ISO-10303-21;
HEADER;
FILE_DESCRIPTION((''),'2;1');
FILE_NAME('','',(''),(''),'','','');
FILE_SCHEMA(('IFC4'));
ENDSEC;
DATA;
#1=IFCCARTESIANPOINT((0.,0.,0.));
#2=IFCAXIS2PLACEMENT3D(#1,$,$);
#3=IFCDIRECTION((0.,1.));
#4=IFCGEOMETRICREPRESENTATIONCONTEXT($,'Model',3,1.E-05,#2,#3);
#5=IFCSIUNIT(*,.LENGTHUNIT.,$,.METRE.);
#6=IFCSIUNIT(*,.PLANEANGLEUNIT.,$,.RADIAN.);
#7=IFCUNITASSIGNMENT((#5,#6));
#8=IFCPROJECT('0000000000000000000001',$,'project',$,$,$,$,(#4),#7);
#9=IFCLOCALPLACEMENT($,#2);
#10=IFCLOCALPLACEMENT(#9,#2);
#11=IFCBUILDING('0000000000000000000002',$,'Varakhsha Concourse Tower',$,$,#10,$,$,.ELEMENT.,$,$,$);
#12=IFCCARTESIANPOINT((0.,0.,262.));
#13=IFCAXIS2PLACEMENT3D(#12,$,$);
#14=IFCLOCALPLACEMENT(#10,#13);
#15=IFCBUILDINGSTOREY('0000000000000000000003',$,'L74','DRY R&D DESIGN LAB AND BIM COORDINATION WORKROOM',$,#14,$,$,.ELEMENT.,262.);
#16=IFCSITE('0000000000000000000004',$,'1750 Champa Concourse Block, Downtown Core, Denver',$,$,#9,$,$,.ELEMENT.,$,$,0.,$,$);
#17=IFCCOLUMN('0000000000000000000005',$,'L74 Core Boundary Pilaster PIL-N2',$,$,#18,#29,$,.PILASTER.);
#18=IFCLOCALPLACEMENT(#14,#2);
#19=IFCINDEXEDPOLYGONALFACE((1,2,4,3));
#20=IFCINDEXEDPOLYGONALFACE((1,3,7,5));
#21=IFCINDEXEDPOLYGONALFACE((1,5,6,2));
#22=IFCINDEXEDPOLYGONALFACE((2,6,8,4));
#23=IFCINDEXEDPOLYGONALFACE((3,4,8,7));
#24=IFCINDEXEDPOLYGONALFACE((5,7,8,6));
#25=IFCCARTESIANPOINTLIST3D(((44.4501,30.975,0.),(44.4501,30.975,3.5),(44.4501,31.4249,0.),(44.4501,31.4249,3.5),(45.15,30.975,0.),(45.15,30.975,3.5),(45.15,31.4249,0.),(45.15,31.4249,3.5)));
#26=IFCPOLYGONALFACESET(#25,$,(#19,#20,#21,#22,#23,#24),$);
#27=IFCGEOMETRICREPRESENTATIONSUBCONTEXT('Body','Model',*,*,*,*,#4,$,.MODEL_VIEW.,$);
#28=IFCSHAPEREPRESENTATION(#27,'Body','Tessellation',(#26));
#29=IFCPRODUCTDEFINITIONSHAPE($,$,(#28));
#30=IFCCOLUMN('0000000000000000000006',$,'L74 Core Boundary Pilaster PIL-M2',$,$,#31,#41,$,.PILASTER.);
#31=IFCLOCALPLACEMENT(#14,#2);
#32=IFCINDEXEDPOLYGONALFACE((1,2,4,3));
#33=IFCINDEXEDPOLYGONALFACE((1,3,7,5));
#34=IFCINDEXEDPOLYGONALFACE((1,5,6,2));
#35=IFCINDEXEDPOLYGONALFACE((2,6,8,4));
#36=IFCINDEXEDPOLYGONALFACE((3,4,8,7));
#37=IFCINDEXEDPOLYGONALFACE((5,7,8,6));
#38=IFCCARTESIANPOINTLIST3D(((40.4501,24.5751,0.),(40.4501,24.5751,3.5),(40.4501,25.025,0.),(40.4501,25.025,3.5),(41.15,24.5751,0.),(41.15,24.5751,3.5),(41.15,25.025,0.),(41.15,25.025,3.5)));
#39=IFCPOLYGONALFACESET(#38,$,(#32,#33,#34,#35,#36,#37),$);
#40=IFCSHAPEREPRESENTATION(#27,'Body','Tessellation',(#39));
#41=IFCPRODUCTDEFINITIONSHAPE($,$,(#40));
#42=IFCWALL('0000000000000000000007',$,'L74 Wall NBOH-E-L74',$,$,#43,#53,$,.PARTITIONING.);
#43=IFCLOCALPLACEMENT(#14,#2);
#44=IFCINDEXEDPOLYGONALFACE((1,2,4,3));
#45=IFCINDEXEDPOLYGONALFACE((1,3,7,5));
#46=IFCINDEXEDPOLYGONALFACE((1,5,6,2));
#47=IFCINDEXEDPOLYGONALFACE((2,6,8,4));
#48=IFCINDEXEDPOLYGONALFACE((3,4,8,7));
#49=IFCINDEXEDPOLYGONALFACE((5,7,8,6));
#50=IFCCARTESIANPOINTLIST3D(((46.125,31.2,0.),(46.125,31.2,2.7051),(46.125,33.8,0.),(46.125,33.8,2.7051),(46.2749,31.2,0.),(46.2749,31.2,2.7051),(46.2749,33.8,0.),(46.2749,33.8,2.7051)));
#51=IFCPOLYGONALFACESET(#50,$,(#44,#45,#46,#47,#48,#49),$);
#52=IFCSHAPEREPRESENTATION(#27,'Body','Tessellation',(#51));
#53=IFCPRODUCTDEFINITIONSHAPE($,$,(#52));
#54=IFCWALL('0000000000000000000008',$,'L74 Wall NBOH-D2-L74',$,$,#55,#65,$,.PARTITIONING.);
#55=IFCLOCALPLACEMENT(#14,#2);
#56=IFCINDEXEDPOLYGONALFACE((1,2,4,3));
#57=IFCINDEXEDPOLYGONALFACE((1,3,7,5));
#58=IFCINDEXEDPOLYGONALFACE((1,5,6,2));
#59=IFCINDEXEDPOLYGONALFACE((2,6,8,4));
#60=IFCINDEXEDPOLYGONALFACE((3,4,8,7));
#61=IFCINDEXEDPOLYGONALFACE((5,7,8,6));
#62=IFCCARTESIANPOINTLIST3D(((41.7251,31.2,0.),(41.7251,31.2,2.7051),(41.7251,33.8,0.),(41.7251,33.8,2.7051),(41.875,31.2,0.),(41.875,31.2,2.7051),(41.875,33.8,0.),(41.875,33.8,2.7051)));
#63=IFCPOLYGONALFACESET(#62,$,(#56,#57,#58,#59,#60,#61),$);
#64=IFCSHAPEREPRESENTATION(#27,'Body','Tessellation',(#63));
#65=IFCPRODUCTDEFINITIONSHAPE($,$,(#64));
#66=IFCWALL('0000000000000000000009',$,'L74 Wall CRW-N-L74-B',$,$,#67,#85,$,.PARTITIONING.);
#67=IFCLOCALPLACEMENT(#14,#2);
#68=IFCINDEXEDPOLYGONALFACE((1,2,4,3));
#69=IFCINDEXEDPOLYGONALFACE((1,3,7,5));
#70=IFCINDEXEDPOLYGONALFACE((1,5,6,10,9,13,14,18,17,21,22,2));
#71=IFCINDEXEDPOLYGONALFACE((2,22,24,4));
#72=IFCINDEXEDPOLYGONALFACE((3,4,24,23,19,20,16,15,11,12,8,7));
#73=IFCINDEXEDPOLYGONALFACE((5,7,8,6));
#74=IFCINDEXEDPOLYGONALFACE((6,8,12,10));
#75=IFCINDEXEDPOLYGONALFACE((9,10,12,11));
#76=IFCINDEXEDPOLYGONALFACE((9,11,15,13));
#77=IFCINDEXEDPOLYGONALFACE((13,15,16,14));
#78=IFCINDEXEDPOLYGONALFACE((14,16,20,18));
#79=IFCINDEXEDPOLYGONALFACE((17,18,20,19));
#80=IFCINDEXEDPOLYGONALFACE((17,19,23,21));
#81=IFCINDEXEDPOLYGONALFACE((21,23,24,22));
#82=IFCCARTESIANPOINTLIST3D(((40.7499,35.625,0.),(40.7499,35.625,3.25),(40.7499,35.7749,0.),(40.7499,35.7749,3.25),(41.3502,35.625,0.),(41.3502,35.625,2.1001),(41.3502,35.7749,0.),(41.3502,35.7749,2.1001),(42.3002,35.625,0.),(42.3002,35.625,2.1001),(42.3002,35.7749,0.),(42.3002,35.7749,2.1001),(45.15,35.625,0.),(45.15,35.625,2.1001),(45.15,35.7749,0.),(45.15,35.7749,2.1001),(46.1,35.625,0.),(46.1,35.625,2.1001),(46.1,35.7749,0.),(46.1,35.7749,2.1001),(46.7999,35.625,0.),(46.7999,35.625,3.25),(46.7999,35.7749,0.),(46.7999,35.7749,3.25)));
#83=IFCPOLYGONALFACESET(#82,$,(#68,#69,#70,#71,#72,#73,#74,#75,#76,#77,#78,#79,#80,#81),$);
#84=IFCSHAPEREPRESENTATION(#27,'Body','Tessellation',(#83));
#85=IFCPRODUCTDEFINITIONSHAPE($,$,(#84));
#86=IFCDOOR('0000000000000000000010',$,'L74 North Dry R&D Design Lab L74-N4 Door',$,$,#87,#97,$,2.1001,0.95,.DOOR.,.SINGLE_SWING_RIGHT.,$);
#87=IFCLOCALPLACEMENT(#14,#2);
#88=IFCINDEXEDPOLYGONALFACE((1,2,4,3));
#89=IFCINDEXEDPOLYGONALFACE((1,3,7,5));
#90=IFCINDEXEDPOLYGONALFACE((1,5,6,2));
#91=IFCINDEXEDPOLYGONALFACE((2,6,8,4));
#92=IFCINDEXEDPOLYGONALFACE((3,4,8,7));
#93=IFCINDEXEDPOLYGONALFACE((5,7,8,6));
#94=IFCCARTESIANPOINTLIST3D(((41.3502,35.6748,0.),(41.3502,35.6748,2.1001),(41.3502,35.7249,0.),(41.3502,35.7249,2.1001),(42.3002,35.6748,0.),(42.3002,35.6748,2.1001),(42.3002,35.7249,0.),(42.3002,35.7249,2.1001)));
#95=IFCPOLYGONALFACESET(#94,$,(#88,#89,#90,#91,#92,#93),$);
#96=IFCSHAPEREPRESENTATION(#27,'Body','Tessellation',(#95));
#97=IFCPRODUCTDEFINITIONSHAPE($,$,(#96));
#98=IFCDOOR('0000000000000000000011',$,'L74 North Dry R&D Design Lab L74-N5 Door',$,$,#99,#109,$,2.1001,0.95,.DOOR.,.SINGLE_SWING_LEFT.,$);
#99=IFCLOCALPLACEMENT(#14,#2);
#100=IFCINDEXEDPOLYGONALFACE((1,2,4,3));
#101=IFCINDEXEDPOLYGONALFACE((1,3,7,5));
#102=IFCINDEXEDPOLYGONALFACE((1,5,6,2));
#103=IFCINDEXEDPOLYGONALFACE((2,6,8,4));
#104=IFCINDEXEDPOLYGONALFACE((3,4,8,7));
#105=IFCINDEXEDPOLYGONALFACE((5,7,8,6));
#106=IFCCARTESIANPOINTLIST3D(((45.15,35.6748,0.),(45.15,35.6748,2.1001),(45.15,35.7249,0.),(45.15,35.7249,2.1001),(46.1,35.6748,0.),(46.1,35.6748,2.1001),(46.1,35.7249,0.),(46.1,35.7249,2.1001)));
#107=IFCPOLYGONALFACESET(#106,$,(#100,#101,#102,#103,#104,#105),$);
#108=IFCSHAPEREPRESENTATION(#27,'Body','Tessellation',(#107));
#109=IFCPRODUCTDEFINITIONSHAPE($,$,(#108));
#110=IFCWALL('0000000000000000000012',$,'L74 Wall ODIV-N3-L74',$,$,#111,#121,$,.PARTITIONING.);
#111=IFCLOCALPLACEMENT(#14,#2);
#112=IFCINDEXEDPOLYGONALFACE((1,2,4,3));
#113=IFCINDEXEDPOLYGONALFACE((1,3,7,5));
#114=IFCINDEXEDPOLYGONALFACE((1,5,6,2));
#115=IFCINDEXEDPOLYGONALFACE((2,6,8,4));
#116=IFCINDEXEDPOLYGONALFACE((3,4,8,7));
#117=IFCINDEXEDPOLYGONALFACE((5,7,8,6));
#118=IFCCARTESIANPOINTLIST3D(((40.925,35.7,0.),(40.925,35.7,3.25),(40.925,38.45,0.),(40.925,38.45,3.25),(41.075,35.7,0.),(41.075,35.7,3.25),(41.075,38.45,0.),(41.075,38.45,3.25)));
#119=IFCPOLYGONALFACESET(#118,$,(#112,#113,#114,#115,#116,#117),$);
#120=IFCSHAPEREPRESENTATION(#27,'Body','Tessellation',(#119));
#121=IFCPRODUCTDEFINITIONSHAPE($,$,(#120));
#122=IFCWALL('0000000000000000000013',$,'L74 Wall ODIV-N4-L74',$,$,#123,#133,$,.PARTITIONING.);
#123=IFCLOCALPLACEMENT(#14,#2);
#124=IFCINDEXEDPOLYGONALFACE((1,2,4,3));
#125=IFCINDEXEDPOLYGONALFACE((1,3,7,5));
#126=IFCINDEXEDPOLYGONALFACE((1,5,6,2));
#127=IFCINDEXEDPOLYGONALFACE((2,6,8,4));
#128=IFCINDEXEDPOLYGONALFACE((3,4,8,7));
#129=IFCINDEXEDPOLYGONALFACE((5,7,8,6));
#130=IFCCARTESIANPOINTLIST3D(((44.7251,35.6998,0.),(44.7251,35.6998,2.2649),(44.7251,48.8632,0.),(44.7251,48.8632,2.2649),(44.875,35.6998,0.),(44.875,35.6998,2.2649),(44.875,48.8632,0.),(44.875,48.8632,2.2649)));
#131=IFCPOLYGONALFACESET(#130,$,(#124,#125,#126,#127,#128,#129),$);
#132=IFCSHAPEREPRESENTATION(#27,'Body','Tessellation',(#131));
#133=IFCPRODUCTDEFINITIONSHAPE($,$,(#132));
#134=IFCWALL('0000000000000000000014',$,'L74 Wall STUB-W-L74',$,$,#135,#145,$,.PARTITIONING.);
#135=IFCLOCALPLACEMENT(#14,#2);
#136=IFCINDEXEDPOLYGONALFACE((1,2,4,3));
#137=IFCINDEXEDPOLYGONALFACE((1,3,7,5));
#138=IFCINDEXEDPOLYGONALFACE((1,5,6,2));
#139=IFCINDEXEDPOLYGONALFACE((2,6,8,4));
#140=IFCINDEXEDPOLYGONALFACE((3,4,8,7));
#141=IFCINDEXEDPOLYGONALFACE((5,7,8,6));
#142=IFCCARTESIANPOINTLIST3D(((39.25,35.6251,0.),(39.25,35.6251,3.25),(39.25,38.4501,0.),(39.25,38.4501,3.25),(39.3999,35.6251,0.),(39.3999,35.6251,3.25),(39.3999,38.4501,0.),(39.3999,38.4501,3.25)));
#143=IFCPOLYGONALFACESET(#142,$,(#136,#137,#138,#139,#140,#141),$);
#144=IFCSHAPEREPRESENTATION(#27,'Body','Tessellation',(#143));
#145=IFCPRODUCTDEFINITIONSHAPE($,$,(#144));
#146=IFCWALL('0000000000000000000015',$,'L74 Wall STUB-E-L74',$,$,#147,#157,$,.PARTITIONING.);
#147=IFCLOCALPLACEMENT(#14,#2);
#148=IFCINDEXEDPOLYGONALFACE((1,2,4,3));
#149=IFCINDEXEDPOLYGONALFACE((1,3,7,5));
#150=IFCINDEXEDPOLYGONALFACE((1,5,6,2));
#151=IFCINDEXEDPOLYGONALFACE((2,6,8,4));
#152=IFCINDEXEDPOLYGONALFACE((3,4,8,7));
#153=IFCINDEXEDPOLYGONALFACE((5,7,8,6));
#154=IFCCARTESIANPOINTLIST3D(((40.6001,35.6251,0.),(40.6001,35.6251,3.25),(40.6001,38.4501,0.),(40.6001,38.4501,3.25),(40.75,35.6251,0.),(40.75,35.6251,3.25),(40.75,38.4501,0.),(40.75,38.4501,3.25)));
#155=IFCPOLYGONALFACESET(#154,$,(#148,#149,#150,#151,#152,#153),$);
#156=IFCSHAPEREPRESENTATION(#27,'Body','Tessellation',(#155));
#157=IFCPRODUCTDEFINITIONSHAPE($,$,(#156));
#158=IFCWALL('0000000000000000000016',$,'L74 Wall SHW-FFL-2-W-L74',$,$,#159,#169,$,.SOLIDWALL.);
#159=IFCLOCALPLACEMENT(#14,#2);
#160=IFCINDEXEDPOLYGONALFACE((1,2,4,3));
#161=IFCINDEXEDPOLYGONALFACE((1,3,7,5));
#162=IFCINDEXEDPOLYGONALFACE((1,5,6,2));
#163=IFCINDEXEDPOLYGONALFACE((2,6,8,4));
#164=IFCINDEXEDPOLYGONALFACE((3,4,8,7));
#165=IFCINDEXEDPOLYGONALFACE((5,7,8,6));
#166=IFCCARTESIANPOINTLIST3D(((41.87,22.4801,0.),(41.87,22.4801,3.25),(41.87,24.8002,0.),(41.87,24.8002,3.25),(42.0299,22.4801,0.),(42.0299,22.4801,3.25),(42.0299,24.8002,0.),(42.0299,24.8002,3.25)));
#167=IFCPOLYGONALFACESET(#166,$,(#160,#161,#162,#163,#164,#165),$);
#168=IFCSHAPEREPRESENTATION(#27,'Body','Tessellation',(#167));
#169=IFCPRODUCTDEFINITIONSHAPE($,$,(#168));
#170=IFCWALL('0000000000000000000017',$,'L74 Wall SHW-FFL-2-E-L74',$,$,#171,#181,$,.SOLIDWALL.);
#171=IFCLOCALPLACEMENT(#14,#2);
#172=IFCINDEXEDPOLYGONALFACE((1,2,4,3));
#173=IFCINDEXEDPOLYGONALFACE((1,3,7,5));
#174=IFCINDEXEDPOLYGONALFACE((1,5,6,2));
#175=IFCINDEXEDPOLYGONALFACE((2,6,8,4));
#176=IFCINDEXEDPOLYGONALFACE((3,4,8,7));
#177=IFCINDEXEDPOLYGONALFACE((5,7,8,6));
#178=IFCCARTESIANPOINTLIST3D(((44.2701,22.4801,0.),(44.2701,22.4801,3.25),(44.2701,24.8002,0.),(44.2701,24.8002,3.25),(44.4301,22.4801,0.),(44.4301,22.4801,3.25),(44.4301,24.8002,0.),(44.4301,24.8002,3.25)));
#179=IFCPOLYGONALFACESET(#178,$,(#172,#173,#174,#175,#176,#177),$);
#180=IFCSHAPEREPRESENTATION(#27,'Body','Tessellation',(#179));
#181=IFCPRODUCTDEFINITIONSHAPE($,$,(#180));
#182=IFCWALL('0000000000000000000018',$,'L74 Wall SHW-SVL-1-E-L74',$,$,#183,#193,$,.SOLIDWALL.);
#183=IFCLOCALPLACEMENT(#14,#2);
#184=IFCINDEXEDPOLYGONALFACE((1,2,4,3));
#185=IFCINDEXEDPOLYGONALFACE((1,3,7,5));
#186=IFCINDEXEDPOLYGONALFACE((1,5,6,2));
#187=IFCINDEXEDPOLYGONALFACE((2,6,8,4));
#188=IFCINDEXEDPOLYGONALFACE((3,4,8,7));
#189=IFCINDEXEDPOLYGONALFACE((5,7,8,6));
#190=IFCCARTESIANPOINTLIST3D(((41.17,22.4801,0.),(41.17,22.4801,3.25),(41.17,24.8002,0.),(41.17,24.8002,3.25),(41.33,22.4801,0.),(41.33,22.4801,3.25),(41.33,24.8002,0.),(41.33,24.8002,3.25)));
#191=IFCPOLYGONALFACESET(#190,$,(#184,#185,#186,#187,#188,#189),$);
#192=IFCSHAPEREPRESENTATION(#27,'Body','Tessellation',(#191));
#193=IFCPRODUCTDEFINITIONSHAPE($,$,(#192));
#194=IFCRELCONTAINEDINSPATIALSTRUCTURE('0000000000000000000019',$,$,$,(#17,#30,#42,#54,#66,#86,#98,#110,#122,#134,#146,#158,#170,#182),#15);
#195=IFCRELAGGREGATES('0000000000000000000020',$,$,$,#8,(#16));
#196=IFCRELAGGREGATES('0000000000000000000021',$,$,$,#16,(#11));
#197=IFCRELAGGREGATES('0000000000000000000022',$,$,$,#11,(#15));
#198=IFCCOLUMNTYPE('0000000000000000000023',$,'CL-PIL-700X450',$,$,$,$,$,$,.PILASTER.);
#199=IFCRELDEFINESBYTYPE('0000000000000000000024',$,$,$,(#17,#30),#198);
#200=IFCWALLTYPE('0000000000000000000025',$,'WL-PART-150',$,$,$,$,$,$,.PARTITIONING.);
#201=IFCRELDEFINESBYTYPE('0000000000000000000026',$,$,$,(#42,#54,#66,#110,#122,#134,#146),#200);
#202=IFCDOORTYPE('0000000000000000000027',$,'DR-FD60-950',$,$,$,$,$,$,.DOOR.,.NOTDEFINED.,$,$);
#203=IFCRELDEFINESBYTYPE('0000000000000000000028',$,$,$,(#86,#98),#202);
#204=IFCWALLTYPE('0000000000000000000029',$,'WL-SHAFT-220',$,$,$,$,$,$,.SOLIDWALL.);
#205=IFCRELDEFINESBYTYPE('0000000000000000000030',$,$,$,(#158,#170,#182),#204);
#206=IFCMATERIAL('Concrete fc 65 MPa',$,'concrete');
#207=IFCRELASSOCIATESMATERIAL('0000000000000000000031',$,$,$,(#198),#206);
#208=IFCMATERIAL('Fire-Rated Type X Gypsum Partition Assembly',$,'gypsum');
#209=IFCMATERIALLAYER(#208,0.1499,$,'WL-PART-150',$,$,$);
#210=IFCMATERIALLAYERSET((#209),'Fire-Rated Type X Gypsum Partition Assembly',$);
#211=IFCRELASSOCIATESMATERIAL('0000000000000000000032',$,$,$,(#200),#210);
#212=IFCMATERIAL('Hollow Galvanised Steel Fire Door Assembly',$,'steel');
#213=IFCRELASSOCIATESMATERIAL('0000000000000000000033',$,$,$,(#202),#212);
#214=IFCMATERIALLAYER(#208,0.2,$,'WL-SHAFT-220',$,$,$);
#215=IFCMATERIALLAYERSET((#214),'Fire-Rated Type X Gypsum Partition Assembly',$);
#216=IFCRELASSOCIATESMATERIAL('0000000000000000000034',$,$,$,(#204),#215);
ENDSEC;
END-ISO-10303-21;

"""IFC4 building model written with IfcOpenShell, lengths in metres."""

from ifc_helpers import new_model, si_unit, direction, frame, frame_2d, origin, origin_2d, place, context, subcontext, project, spatial, rectangle, extrude, material, layer, layer_set, material_profile, profile_set, type_object, element, fill, save


model = new_model("IFC4")

# Units and contexts
model_context = context("Model", 3, precision=1e-05, world=origin(), true_north=direction((0.0, 1.0)))
body_context = subcontext(model_context, "Body", "Model", "MODEL_VIEW")
ifc_project = project(units=[si_unit("LENGTHUNIT", "METRE"), si_unit("PLANEANGLEUNIT", "RADIAN")], contexts=[model_context])

# Site, building, storey
site_placement = place(None, origin())
site = spatial("IfcSite", under=ifc_project, at=site_placement, Name="1750 Champa Concourse Block, Downtown Core, Denver", CompositionType="ELEMENT", RefElevation=0.0)
building_placement = place(site_placement, origin())
building = spatial("IfcBuilding", under=site, at=building_placement, Name="Varakhsha Concourse Tower", CompositionType="ELEMENT")
storey_placement = place(building_placement, frame((0.0, 0.0, 262.0)))
storey = spatial("IfcBuildingStorey", under=building, at=storey_placement, Name="L74", Description="DRY R&D DESIGN LAB AND BIM COORDINATION WORKROOM", CompositionType="ELEMENT", Elevation=262.0)

# Columns
ifc_material_1 = material(Name="Concrete fc 65 MPa", Category="concrete")
ifc_material_profile = material_profile(ifc_material_1, rectangle(XDim=0.7, YDim=0.45, at=origin_2d()), Name="RC 700x450")
ifc_profile_set = profile_set([ifc_material_profile], Name="Concrete fc 65 MPa")
column_type = type_object("IfcColumnType", Name="CL-PIL-700X450", PredefinedType="PILASTER", material=ifc_profile_set)
for number, where, z_axis, x_axis, name in (
    (1, (44.8, 31.2, 0.0), (0.0, 0.0, 1.0), (1.0, 0.0, 0.0), "L74 Core Boundary Pilaster PIL-N2"),
    (2, (40.8, 24.8, 0.0), (0.0, 0.0, 1.0), (1.0, 0.0, 0.0), "L74 Core Boundary Pilaster PIL-M2"),
):
    element("IfcColumn", number, at=place(storey_placement, frame(where, z_axis=z_axis, x_axis=x_axis)), inside=storey, type_object=column_type, Name=name, PredefinedType="PILASTER", context=body_context, shape_type="SweptSolid", body=[
        extrude(rectangle(XDim=0.7, YDim=0.45, at=origin_2d()), origin(), (0.0, 0.0, 1.0), 3.5),
    ])

# Walls
ifc_material_2 = material(Name="Fire-Rated Type X Gypsum Partition Assembly", Category="gypsum")
ifc_layer_1 = layer(ifc_material_2, 0.1499, Name="WL-PART-150")
ifc_layer_set_1 = layer_set([ifc_layer_1], Name="Fire-Rated Type X Gypsum Partition Assembly")
wall_type_1 = type_object("IfcWallType", Name="WL-PART-150", PredefinedType="PARTITIONING", material=ifc_layer_set_1)
for number, where, z_axis, x_axis, name in (
    (3, (46.2, 31.2, 0.0), (0.0, 0.0, 1.0), (0.0, 1.0, 0.0), "L74 Wall NBOH-E-L74"),
    (4, (41.8, 31.2, 0.0), (0.0, 0.0, 1.0), (0.0, 1.0, 0.0), "L74 Wall NBOH-D2-L74"),
):
    element("IfcWall", number, at=place(storey_placement, frame(where, z_axis=z_axis, x_axis=x_axis)), inside=storey, type_object=wall_type_1, Name=name, PredefinedType="PARTITIONING", context=body_context, shape_type="SweptSolid", body=[
        extrude(rectangle(XDim=2.6001, YDim=0.1499, at=frame_2d((1.3, 0.0))), origin(), (0.0, 0.0, 1.0), 2.7051),
    ])

# Wall, openings, doors
wall_1_placement = place(storey_placement, frame((40.75, 35.7, 0.0), z_axis=(0.0, 0.0, 1.0), x_axis=(1.0, 0.0, 0.0)))
wall_1 = element("IfcWall", 5, at=wall_1_placement, inside=storey, type_object=wall_type_1, Name="L74 Wall CRW-N-L74-B", PredefinedType="PARTITIONING", context=body_context, shape_type="SweptSolid", body=[
    extrude(rectangle(XDim=6.05, YDim=0.1499, at=frame_2d((3.0249, 0.0))), origin(), (0.0, 0.0, 1.0), 3.25),
])
opening_1_placement = place(wall_1_placement, frame((0.6001, 0.0, 0.0)))
opening_1 = element("IfcOpeningElement", 6, at=opening_1_placement, cuts=wall_1, PredefinedType="OPENING", context=body_context, shape_type="SweptSolid", body=[
    extrude(rectangle(XDim=0.95, YDim=2.1001, at=frame_2d((0.4751, 1.05))), frame((0.0, 0.085, 0.0), z_axis=(0.0, -1.0, 0.0), x_axis=(1.0, 0.0, 0.0)), (0.0, 0.0, 1.0), 0.1699),
])
opening_2_placement = place(wall_1_placement, frame((4.3999, 0.0, 0.0)))
opening_2 = element("IfcOpeningElement", 7, at=opening_2_placement, cuts=wall_1, PredefinedType="OPENING", context=body_context, shape_type="SweptSolid", body=[
    extrude(rectangle(XDim=0.95, YDim=2.1001, at=frame_2d((0.4751, 1.05))), frame((0.0, 0.085, 0.0), z_axis=(0.0, -1.0, 0.0), x_axis=(1.0, 0.0, 0.0)), (0.0, 0.0, 1.0), 0.1699),
])
ifc_material_3 = material(Name="Hollow Galvanised Steel Fire Door Assembly", Category="steel")
door_type = type_object("IfcDoorType", Name="DR-FD60-950", OperationType="NOTDEFINED", PredefinedType="DOOR", material=ifc_material_3)
door_1_placement = place(opening_1_placement, origin())
door_1 = element("IfcDoor", 8, at=door_1_placement, inside=storey, type_object=door_type, Name="L74 North Dry R&D Design Lab L74-N4 Door", OperationType="SINGLE_SWING_RIGHT", OverallHeight=2.1001, OverallWidth=0.95, PredefinedType="DOOR", context=body_context, shape_type="SweptSolid", body=[
    extrude(rectangle(XDim=0.95, YDim=2.1001, at=frame_2d((0.4751, 1.05))), frame((0.0, 0.0249, 0.0), z_axis=(0.0, -1.0, 0.0), x_axis=(1.0, 0.0, 0.0)), (0.0, 0.0, 1.0), 0.05),
])
fill(opening_1, door_1)
door_2_placement = place(opening_2_placement, origin())
door_2 = element("IfcDoor", 9, at=door_2_placement, inside=storey, type_object=door_type, Name="L74 North Dry R&D Design Lab L74-N5 Door", OperationType="SINGLE_SWING_LEFT", OverallHeight=2.1001, OverallWidth=0.95, PredefinedType="DOOR", context=body_context, shape_type="SweptSolid", body=[
    extrude(rectangle(XDim=0.95, YDim=2.1001, at=frame_2d((0.4751, 1.05))), frame((0.0, 0.0249, 0.0), z_axis=(0.0, -1.0, 0.0), x_axis=(1.0, 0.0, 0.0)), (0.0, 0.0, 1.0), 0.05),
])
fill(opening_2, door_2)

# Walls
wall_2_placement = place(storey_placement, frame((41.0, 35.7, 0.0), z_axis=(0.0, 0.0, 1.0), x_axis=(0.0, 1.0, 0.0)))
element("IfcWall", 10, at=wall_2_placement, inside=storey, type_object=wall_type_1, Name="L74 Wall ODIV-N3-L74", PredefinedType="PARTITIONING", context=body_context, shape_type="SweptSolid", body=[
    extrude(rectangle(XDim=2.75, YDim=0.1499, at=frame_2d((1.375, 0.0))), origin(), (0.0, 0.0, 1.0), 3.25),
])
wall_3_placement = place(storey_placement, frame((44.8, 35.7, 0.0), z_axis=(0.0, 0.0, 1.0), x_axis=(0.0, 1.0, 0.0)))
element("IfcWall", 11, at=wall_3_placement, inside=storey, type_object=wall_type_1, Name="L74 Wall ODIV-N4-L74", PredefinedType="PARTITIONING", context=body_context, shape_type="SweptSolid", body=[
    extrude(rectangle(XDim=13.1633, YDim=0.1499, at=frame_2d((6.5815, 0.0))), origin(), (0.0, 0.0, 1.0), 2.2649),
])
for number, where, z_axis, x_axis, name in (
    (12, (39.325, 35.625, 0.0), (0.0, 0.0, 1.0), (0.0, 1.0, 0.0), "L74 Wall STUB-W-L74"),
    (13, (40.675, 35.625, 0.0), (0.0, 0.0, 1.0), (0.0, 1.0, 0.0), "L74 Wall STUB-E-L74"),
):
    element("IfcWall", number, at=place(storey_placement, frame(where, z_axis=z_axis, x_axis=x_axis)), inside=storey, type_object=wall_type_1, Name=name, PredefinedType="PARTITIONING", context=body_context, shape_type="SweptSolid", body=[
        extrude(rectangle(XDim=2.825, YDim=0.1499, at=frame_2d((1.4126, 0.0))), origin(), (0.0, 0.0, 1.0), 3.25),
    ])
ifc_layer_2 = layer(ifc_material_2, 0.2, Name="WL-SHAFT-220")
ifc_layer_set_2 = layer_set([ifc_layer_2], Name="Fire-Rated Type X Gypsum Partition Assembly")
wall_type_2 = type_object("IfcWallType", Name="WL-SHAFT-220", PredefinedType="SOLIDWALL", material=ifc_layer_set_2)
for number, where, z_axis, x_axis, name in (
    (14, (41.95, 22.48, 0.0), (0.0, 0.0, 1.0), (0.0, 1.0, 0.0), "L74 Wall SHW-FFL-2-W-L74"),
    (15, (44.3501, 22.48, 0.0), (0.0, 0.0, 1.0), (0.0, 1.0, 0.0), "L74 Wall SHW-FFL-2-E-L74"),
    (16, (41.25, 22.48, 0.0), (0.0, 0.0, 1.0), (0.0, 1.0, 0.0), "L74 Wall SHW-SVL-1-E-L74"),
):
    element("IfcWall", number, at=place(storey_placement, frame(where, z_axis=z_axis, x_axis=x_axis)), inside=storey, type_object=wall_type_2, Name=name, PredefinedType="SOLIDWALL", context=body_context, shape_type="SweptSolid", body=[
        extrude(rectangle(XDim=2.3201, YDim=0.1599, at=frame_2d((1.1602, 0.0))), origin(), (0.0, 0.0, 1.0), 3.25),
    ])

save(model, "model.ifc")
